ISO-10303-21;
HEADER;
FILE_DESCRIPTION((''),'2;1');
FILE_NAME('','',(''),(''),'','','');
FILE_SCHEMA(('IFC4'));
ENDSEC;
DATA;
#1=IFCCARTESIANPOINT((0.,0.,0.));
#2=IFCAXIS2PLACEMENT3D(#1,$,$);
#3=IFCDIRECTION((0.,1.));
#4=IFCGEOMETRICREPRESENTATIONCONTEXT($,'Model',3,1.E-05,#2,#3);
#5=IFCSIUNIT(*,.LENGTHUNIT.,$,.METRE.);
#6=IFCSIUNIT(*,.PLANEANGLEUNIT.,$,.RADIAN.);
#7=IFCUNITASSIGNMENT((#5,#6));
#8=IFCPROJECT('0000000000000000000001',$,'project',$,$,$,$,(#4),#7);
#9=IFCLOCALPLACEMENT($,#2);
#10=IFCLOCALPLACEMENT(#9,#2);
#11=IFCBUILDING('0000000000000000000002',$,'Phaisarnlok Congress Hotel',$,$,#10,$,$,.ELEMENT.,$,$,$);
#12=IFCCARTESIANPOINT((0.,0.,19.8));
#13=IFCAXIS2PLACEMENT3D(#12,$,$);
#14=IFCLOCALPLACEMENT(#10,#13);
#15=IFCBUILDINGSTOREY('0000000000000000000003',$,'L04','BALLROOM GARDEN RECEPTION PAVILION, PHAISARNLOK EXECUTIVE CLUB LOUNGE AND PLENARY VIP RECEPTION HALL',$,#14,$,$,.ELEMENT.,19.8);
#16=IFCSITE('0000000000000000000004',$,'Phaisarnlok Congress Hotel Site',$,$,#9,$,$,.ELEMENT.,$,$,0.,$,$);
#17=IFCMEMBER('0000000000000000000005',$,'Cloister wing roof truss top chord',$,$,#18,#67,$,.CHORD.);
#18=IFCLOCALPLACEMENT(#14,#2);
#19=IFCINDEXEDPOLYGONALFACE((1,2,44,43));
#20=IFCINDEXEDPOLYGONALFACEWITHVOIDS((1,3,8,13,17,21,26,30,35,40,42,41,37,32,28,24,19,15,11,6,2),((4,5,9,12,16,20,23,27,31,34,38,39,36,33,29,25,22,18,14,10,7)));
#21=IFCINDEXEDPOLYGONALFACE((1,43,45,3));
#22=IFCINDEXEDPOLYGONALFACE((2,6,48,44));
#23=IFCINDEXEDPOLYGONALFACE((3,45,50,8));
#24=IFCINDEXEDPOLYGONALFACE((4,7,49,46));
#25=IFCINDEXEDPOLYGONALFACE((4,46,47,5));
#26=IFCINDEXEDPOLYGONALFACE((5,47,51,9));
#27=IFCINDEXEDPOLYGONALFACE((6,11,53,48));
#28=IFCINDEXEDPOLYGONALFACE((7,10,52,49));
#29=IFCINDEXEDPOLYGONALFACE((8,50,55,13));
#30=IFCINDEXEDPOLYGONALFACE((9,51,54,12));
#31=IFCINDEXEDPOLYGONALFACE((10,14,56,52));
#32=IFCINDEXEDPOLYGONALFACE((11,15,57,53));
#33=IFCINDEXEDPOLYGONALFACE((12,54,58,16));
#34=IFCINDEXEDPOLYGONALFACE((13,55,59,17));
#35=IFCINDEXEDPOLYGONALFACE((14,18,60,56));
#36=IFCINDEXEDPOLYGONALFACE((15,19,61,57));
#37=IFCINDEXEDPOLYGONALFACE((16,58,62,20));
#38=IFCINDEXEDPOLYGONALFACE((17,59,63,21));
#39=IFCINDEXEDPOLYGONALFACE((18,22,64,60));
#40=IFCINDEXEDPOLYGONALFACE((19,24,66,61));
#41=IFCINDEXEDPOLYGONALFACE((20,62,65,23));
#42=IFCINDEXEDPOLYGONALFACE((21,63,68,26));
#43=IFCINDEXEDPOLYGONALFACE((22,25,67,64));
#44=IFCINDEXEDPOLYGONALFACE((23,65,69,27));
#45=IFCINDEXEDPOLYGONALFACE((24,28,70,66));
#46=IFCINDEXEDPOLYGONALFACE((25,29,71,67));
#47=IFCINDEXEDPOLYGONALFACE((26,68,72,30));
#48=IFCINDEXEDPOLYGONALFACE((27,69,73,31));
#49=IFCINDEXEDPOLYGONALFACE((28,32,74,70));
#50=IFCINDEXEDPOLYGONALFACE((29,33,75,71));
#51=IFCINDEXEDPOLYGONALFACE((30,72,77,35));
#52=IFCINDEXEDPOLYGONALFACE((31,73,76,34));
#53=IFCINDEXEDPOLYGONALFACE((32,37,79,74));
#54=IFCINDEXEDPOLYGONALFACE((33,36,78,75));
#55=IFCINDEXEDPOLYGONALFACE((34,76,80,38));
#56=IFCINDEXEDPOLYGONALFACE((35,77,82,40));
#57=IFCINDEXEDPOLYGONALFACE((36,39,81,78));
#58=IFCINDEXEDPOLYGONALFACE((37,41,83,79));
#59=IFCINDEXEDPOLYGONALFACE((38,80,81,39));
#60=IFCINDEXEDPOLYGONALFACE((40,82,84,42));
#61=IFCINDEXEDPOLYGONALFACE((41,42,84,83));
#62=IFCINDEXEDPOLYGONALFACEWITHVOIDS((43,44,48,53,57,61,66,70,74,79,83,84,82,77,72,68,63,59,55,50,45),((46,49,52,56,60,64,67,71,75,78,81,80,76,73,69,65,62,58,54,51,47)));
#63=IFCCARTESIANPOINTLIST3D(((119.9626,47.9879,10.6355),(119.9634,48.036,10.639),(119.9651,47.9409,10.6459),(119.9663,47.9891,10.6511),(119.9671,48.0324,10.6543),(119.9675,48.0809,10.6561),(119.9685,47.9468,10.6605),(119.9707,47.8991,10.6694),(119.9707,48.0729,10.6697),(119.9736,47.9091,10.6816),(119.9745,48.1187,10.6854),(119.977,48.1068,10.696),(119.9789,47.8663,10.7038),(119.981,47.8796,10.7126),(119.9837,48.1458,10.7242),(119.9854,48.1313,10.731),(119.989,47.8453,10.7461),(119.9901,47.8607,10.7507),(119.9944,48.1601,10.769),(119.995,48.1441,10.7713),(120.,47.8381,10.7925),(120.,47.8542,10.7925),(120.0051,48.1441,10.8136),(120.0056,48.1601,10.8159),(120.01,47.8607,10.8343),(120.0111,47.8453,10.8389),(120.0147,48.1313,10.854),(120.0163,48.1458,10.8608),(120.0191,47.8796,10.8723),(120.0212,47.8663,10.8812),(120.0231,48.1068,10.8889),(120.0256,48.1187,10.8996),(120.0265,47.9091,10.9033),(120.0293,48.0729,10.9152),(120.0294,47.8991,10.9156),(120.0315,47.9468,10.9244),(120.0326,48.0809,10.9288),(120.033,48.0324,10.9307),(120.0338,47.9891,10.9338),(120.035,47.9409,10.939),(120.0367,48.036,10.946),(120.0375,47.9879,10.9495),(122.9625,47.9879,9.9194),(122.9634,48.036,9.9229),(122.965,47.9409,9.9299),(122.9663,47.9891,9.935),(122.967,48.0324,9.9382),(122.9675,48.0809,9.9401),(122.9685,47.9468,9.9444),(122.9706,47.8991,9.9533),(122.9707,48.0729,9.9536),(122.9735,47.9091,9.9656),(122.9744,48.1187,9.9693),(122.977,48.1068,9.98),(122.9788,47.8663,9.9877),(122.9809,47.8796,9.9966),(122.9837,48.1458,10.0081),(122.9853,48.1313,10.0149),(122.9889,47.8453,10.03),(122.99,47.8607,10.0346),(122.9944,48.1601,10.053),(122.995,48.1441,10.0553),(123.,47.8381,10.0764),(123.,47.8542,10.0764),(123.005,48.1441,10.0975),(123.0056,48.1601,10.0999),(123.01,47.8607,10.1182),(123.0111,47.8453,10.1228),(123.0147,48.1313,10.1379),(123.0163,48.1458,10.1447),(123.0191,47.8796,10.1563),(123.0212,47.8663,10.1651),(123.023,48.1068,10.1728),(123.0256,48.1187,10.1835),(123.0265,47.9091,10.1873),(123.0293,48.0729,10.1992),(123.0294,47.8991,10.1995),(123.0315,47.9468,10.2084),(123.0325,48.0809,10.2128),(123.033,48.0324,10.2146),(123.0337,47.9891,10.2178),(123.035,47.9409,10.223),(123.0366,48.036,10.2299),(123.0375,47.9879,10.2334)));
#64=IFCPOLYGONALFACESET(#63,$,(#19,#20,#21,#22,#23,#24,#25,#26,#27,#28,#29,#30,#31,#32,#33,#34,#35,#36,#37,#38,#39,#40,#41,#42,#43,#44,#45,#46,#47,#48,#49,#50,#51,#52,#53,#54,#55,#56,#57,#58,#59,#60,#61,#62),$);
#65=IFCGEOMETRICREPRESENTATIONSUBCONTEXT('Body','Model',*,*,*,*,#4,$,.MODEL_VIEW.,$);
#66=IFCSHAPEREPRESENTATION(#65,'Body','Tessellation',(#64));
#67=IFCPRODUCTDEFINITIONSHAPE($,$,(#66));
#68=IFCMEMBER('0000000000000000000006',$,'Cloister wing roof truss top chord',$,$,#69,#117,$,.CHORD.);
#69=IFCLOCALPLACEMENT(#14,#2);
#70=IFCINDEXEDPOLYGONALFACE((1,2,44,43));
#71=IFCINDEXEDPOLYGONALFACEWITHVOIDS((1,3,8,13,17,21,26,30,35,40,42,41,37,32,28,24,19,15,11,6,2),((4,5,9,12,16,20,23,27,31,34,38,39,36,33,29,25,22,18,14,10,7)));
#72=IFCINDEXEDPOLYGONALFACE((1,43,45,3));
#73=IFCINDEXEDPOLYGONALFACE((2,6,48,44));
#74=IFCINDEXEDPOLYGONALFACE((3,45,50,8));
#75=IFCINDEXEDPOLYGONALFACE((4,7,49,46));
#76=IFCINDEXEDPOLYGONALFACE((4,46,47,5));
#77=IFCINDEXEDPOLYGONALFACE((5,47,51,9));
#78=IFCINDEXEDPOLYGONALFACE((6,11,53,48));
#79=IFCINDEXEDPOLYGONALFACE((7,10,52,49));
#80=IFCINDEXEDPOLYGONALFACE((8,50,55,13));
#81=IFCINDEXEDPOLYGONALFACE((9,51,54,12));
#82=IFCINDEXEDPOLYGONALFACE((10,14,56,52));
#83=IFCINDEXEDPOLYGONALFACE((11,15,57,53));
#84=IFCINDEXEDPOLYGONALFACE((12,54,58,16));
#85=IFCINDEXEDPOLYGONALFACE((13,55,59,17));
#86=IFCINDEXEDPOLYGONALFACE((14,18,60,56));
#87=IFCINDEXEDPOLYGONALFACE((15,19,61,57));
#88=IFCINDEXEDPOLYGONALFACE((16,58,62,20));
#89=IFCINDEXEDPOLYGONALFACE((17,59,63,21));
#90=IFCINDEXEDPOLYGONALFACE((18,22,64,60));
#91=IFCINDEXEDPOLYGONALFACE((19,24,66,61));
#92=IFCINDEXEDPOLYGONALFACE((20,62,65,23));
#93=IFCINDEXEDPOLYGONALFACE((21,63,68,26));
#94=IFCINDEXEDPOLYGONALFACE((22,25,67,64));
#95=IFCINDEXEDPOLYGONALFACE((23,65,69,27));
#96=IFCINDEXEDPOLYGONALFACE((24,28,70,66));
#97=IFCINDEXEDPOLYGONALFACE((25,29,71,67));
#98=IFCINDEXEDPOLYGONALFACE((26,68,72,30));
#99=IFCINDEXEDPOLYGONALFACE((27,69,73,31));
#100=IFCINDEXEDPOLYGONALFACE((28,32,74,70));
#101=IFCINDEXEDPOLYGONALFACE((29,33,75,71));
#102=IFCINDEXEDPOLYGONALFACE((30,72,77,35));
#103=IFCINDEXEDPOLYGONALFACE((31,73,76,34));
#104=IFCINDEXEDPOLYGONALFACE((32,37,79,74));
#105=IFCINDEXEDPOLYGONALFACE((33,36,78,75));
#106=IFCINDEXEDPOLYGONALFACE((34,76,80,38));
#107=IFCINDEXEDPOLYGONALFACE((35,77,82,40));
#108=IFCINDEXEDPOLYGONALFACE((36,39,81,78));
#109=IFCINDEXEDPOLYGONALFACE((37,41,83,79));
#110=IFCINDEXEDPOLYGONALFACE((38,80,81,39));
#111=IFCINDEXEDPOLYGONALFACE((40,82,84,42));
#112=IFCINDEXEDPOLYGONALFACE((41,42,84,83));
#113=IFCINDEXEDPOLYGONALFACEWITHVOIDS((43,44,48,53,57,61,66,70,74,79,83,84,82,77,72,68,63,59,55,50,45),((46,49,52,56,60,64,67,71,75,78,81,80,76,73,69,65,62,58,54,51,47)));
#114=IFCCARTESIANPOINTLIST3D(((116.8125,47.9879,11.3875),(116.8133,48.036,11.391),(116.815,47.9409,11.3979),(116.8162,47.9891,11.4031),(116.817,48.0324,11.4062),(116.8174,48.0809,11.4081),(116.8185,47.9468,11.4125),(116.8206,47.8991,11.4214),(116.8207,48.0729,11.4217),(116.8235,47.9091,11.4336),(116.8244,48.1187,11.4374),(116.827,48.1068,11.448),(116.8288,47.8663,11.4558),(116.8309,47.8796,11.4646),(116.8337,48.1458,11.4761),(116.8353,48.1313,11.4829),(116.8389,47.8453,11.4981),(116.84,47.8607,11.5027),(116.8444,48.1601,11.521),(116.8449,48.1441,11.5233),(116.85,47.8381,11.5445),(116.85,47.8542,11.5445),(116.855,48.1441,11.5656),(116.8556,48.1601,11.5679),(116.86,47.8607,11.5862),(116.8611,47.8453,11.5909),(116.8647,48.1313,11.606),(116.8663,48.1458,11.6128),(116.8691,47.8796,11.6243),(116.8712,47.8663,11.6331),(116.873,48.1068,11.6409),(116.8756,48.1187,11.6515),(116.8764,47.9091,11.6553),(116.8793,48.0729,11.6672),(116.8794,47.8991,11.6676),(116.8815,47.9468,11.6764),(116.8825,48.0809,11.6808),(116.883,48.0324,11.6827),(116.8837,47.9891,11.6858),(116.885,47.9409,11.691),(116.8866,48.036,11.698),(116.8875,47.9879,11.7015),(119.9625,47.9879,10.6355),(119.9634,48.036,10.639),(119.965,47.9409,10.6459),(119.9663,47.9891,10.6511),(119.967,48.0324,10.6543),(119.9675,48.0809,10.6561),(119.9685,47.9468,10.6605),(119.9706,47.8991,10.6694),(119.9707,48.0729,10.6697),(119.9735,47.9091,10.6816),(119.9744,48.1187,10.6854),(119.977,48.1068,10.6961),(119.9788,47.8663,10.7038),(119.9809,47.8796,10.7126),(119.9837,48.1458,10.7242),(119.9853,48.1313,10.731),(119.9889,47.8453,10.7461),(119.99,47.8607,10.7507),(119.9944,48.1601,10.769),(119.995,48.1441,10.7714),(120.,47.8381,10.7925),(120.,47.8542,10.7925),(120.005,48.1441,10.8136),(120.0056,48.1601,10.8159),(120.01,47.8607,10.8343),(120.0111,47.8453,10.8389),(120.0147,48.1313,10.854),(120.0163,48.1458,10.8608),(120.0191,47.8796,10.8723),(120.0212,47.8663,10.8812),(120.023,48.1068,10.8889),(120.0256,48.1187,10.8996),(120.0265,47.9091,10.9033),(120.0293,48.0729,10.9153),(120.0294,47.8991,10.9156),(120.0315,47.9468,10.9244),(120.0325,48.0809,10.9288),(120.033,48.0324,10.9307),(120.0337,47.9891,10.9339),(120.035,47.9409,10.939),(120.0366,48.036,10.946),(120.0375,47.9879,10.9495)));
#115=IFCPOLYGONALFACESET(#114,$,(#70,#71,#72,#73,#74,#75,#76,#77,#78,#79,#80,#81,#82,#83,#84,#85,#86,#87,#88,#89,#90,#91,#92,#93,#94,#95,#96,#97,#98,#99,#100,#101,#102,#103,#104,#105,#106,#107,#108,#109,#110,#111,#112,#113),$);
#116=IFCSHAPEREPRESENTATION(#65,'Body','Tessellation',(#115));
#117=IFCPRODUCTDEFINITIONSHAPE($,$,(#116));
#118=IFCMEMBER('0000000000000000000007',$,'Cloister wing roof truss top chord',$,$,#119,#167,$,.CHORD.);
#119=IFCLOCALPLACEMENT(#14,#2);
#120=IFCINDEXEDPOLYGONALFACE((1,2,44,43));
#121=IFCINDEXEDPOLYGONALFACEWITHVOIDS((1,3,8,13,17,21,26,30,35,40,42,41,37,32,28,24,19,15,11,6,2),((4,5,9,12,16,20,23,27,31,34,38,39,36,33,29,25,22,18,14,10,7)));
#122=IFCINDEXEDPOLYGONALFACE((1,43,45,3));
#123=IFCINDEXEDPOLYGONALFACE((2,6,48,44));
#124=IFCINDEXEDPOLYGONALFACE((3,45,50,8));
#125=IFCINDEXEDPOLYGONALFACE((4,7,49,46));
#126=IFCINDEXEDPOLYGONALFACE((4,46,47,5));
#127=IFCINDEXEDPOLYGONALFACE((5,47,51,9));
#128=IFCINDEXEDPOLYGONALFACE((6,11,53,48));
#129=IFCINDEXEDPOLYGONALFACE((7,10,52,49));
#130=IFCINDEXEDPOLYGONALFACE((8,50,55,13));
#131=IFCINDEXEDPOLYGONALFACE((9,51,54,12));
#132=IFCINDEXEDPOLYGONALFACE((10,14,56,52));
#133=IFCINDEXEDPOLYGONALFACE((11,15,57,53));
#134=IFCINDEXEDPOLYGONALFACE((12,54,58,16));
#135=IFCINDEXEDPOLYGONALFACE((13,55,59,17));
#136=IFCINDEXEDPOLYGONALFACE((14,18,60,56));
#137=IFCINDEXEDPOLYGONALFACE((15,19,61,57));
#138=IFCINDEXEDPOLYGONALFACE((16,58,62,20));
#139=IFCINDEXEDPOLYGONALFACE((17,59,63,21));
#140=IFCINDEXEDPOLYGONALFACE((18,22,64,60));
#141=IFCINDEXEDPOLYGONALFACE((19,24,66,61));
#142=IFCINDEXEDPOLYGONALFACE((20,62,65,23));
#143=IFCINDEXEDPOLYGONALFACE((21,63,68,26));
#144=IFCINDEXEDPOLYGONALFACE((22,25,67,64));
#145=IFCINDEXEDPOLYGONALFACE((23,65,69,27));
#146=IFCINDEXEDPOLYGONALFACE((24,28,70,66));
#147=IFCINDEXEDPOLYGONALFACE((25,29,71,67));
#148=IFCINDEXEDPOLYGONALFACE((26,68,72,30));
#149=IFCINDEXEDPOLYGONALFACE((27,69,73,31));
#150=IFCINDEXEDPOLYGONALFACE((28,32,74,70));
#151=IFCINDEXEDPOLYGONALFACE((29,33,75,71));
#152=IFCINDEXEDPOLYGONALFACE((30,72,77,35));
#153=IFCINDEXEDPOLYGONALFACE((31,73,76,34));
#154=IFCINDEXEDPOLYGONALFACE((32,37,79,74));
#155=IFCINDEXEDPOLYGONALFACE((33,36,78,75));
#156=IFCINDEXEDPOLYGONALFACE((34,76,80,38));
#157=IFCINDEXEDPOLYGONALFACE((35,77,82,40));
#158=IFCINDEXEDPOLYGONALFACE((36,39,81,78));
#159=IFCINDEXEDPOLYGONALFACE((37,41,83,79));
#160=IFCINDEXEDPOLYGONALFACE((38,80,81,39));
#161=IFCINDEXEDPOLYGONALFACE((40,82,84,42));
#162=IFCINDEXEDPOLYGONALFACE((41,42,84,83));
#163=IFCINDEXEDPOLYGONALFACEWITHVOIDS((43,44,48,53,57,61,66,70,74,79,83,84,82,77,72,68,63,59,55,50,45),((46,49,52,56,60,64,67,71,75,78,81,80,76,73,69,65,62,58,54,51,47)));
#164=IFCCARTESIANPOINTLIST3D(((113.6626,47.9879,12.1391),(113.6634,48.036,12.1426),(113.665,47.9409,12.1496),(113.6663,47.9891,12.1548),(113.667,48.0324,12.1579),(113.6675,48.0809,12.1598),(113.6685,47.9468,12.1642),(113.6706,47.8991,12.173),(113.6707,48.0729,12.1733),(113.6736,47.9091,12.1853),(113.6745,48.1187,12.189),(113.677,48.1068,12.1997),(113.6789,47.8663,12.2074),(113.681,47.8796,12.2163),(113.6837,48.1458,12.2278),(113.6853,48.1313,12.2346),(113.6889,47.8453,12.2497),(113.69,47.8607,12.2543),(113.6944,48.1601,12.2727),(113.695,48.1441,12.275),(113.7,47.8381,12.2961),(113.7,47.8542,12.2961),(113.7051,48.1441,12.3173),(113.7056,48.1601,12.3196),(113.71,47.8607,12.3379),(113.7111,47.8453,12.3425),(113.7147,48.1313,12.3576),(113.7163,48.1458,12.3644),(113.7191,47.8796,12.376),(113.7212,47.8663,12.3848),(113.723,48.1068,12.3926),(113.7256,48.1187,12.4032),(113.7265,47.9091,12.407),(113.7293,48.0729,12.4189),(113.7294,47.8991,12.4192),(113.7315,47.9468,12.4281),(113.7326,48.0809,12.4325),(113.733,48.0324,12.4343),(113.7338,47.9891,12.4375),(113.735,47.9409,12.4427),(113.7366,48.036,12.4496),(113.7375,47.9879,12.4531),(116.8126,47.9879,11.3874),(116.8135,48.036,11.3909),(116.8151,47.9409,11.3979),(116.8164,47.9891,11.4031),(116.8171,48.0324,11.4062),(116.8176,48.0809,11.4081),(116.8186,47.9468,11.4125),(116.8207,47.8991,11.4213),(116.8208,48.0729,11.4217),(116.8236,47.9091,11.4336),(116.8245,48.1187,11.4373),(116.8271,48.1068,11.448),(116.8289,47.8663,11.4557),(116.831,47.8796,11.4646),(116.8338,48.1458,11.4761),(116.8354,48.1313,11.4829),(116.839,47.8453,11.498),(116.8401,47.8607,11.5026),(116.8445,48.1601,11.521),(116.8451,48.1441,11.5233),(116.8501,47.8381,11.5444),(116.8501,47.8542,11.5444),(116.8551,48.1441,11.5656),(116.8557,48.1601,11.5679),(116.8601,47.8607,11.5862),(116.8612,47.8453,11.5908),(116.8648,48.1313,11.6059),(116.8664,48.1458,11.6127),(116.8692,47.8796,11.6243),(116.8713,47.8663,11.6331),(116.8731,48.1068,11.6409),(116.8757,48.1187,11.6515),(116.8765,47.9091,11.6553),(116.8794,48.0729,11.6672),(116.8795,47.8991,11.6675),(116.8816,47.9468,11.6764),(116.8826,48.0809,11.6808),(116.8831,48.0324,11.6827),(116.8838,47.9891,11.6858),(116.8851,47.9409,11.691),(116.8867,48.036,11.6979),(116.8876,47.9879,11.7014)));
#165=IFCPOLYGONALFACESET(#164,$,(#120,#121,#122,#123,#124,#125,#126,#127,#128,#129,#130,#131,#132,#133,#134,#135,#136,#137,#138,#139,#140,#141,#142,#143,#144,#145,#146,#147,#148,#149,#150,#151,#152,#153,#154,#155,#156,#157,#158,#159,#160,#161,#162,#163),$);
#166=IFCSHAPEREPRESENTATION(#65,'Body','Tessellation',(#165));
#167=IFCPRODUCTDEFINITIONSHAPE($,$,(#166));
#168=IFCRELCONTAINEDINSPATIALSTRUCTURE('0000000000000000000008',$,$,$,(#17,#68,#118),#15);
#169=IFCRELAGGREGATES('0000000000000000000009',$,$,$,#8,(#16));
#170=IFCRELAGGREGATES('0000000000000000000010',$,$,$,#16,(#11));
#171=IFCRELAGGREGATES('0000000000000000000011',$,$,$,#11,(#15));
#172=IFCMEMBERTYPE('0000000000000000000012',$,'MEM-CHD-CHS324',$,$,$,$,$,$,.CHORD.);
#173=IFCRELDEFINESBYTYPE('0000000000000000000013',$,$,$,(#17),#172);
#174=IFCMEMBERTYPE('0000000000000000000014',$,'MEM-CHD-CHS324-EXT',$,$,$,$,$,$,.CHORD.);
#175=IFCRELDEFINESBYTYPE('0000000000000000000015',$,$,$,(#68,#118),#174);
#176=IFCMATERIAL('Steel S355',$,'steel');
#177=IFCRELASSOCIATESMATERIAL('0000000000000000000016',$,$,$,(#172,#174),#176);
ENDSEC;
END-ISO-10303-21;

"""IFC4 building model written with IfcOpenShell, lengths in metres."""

from ifc_helpers import new_model, si_unit, direction, frame, origin, origin_2d, place, context, subcontext, project, spatial, hollow_circle, extrude, material, material_profile, profile_set, type_object, element, save


model = new_model("IFC4")

# Units and contexts
model_context = context("Model", 3, precision=1e-05, world=origin(), true_north=direction((0.0, 1.0)))
body_context = subcontext(model_context, "Body", "Model", "MODEL_VIEW")
ifc_project = project(units=[si_unit("LENGTHUNIT", "METRE"), si_unit("PLANEANGLEUNIT", "RADIAN")], contexts=[model_context])

# Site, building, storey
site_placement = place(None, origin())
site = spatial("IfcSite", under=ifc_project, at=site_placement, Name="Phaisarnlok Congress Hotel Site", CompositionType="ELEMENT", RefElevation=0.0)
building_placement = place(site_placement, origin())
building = spatial("IfcBuilding", under=site, at=building_placement, Name="Phaisarnlok Congress Hotel", CompositionType="ELEMENT")
storey_placement = place(building_placement, frame((0.0, 0.0, 19.8)))
storey = spatial("IfcBuildingStorey", under=building, at=storey_placement, Name="L04", Description="BALLROOM GARDEN RECEPTION PAVILION, PHAISARNLOK EXECUTIVE CLUB LOUNGE AND PLENARY VIP RECEPTION HALL", CompositionType="ELEMENT", Elevation=19.8)

# Shared definitions
ifc_material_1 = material(Name="Steel S355", Category="steel")

# Members
ifc_material_profile_1 = material_profile(ifc_material_1, hollow_circle(Radius=0.1619, WallThickness=0.0161, at=origin_2d()), Name="CHS 323.9x16")
ifc_profile_set_1 = profile_set([ifc_material_profile_1], Name="Steel S355")
member_type_1 = type_object("IfcMemberType", Name="MEM-CHD-CHS324", PredefinedType="CHORD", material=ifc_profile_set_1)
member_1_placement = place(storey_placement, frame((123.0, 48.0, 10.0764), z_axis=(-0.972676, 0.0, 0.232166), x_axis=(0.0, -1.0, 0.0)))
element("IfcMember", 1, at=member_1_placement, inside=storey, type_object=member_type_1, Name="Cloister wing roof truss top chord", PredefinedType="CHORD", context=body_context, shape_type="SweptSolid", body=[
    extrude(hollow_circle(Radius=0.1619, WallThickness=0.0161, at=origin_2d()), origin(), (0.0, 0.0, 1.0), 3.0842),
])
ifc_material_profile_2 = material_profile(ifc_material_1, hollow_circle(Radius=0.1619, WallThickness=0.0161, at=origin_2d()), Name="CHS 323.9x16")
ifc_profile_set_2 = profile_set([ifc_material_profile_2], Name="Steel S355")
member_type_2 = type_object("IfcMemberType", Name="MEM-CHD-CHS324-EXT", PredefinedType="CHORD", material=ifc_profile_set_2)
for number, where, z_axis, x_axis, name in (
    (2, (120.0, 48.0, 10.7925), (-0.972669, 0.0, 0.232198), (0.0, -1.0, 0.0), "Cloister wing roof truss top chord"),
    (3, (116.8501, 48.0, 11.5444), (-0.97269, 0.0, 0.23211), (0.0, -1.0, 0.0), "Cloister wing roof truss top chord"),
):
    element("IfcMember", number, at=place(storey_placement, frame(where, z_axis=z_axis, x_axis=x_axis)), inside=storey, type_object=member_type_2, Name=name, PredefinedType="CHORD", context=body_context, shape_type="SweptSolid", body=[
        extrude(hollow_circle(Radius=0.1619, WallThickness=0.0161, at=origin_2d()), origin(), (0.0, 0.0, 1.0), 3.2385),
    ])

save(model, "model.ifc")
